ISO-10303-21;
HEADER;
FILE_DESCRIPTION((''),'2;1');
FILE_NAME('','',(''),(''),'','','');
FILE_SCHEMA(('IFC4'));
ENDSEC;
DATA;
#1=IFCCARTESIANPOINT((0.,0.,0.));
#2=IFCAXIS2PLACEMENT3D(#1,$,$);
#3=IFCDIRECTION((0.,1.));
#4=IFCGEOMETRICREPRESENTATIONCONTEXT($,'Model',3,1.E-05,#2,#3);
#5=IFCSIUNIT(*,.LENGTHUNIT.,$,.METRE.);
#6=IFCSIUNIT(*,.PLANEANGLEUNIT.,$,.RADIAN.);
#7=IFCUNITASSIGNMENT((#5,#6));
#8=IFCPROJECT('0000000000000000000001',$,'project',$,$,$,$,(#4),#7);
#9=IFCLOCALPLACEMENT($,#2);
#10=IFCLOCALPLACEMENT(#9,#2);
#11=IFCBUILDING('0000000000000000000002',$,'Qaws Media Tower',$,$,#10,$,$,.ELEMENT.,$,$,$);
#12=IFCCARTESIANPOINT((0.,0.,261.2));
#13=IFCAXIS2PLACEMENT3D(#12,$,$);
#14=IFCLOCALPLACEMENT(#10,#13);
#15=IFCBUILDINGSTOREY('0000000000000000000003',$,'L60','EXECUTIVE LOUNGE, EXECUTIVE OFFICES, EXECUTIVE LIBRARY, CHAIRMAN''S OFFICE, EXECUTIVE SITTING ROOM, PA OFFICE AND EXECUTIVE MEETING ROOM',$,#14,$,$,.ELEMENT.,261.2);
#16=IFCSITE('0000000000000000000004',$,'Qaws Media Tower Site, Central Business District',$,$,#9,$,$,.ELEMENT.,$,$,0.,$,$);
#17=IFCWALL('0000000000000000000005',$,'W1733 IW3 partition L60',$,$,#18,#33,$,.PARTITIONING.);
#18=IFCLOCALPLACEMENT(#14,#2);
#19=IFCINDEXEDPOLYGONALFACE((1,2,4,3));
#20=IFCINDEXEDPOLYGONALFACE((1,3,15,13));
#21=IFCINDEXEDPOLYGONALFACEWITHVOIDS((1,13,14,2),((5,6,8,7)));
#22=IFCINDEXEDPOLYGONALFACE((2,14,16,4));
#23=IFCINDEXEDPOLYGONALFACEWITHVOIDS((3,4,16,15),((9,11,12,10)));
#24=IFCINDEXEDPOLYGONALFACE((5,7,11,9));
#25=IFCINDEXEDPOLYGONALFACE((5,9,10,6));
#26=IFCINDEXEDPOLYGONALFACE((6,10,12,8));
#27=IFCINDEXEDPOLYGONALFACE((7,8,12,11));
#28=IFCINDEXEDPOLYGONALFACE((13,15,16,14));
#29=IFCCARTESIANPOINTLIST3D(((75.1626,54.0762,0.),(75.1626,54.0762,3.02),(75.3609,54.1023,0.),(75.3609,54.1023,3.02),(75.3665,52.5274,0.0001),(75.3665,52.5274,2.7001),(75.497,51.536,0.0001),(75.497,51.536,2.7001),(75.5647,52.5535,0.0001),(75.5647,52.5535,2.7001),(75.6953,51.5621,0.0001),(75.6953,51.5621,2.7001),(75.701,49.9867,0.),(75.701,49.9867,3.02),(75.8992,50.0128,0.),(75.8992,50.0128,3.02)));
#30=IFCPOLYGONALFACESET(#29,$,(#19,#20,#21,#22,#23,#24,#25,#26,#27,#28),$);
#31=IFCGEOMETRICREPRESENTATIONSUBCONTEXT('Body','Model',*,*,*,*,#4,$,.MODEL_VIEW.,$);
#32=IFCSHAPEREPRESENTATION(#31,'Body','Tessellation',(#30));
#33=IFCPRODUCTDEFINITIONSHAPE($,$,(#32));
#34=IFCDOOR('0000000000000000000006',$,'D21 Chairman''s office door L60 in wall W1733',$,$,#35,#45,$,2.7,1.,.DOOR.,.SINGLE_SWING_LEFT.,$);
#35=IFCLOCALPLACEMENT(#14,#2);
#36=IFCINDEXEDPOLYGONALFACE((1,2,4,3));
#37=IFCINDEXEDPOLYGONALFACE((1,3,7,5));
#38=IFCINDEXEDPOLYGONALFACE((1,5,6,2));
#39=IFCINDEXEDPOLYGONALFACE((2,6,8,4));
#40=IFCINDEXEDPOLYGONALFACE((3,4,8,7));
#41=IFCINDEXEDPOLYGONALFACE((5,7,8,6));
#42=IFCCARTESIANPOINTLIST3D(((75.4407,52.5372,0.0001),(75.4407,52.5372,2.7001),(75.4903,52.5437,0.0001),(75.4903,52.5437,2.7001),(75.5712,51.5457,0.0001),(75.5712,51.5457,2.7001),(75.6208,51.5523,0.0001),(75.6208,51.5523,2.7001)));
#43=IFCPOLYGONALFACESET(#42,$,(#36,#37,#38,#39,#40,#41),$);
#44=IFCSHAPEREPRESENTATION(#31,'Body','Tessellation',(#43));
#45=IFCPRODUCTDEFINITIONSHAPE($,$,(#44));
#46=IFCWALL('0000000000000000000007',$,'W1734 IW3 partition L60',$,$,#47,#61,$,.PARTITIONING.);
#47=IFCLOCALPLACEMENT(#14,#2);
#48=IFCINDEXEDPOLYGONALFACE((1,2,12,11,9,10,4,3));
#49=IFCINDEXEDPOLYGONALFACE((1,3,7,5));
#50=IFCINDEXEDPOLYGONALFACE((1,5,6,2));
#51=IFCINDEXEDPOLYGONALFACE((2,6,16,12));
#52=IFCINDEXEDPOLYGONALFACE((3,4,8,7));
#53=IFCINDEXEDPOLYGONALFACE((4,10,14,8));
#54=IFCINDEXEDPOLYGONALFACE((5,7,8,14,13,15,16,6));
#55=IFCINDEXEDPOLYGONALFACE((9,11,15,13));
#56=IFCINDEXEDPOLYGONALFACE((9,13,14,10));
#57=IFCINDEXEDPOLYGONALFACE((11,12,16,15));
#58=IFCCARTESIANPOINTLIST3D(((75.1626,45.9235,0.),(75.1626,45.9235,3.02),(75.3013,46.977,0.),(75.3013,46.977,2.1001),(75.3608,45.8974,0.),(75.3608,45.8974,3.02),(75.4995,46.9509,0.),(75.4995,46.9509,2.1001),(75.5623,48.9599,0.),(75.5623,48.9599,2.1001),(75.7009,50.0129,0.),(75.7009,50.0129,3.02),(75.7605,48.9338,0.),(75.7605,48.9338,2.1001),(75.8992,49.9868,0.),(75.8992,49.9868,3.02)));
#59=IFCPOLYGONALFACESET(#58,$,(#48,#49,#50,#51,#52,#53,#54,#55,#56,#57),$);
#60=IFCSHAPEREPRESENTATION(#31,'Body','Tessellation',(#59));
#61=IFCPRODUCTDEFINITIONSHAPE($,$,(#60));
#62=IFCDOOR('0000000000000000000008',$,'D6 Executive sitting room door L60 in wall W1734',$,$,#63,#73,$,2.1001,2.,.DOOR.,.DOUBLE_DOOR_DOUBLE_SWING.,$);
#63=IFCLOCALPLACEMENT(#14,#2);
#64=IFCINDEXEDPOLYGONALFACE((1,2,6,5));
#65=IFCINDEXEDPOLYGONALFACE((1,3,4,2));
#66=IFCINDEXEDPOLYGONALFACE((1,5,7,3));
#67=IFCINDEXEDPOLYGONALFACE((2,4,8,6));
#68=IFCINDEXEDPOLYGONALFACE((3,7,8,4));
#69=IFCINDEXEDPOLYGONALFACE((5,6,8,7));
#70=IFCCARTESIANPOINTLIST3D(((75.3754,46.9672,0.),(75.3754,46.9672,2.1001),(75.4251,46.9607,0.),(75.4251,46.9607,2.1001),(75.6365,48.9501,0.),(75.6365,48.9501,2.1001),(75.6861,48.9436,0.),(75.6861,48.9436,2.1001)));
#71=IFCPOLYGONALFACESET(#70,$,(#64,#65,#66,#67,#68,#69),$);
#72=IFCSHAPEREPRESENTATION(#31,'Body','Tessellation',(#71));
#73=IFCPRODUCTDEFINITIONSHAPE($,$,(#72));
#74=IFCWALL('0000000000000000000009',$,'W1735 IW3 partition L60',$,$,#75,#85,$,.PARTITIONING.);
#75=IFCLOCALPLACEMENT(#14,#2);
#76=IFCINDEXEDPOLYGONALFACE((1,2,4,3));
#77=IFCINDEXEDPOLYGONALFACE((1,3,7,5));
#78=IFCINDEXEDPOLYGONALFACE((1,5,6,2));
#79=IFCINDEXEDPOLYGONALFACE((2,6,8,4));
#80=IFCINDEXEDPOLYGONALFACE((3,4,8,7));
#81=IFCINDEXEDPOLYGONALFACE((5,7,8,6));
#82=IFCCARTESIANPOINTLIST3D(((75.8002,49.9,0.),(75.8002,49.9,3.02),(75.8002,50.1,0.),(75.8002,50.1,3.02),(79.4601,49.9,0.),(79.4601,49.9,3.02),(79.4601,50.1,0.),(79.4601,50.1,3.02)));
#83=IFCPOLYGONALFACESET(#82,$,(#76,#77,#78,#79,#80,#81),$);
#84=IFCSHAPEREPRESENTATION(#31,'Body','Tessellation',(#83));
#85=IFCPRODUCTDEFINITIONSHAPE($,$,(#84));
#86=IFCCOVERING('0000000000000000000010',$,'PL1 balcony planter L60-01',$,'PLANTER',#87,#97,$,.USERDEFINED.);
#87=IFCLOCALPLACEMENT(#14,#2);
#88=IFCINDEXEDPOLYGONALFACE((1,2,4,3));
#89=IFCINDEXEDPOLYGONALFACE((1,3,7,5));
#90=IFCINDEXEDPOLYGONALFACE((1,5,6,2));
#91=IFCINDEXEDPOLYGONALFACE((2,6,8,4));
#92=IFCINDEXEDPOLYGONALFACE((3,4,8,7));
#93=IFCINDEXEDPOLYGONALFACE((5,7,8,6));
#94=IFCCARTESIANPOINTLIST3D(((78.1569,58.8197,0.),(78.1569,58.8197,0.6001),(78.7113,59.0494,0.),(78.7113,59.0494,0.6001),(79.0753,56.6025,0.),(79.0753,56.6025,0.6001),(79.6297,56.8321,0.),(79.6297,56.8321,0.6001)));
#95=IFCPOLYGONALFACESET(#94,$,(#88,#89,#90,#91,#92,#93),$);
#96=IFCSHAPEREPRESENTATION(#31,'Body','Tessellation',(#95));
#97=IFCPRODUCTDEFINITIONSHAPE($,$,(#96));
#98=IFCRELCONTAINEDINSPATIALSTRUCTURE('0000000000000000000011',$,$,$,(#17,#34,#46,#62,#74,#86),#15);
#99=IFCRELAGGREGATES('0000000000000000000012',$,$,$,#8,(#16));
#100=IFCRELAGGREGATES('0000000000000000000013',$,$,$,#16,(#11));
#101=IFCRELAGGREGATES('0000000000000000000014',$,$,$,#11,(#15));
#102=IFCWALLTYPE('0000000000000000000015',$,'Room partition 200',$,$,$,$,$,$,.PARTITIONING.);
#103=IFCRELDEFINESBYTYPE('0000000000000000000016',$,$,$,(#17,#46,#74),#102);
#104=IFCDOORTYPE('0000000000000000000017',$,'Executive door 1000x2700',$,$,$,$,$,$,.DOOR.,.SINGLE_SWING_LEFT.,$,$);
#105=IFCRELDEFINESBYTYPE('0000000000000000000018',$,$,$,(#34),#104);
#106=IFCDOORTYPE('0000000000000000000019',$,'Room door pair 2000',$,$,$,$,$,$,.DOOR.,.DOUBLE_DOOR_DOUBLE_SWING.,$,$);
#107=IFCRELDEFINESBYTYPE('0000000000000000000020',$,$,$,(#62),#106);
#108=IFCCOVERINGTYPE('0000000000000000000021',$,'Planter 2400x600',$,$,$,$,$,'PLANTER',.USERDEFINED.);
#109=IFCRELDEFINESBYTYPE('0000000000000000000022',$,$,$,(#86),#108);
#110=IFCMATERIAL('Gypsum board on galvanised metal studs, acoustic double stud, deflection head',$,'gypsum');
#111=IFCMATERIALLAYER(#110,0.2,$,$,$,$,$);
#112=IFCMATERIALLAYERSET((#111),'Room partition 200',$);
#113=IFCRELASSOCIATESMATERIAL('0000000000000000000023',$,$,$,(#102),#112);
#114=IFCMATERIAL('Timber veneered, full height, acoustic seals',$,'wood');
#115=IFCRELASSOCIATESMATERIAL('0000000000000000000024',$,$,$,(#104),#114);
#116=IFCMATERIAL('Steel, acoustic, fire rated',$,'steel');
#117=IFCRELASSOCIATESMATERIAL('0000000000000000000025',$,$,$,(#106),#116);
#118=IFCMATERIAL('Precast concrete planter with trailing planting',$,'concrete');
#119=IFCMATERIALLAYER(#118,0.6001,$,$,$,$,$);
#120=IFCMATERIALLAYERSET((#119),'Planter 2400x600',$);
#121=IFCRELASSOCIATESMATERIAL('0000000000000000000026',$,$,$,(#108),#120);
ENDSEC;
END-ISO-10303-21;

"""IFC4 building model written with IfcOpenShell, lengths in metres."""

from ifc_helpers import new_model, si_unit, direction, frame, frame_2d, origin, origin_2d, place, context, subcontext, project, spatial, rectangle, extrude, material, layer, layer_set, type_object, element, fill, save


model = new_model("IFC4")

# Units and contexts
model_context = context("Model", 3, precision=1e-05, world=origin(), true_north=direction((0.0, 1.0)))
body_context = subcontext(model_context, "Body", "Model", "MODEL_VIEW")
ifc_project = project(units=[si_unit("LENGTHUNIT", "METRE"), si_unit("PLANEANGLEUNIT", "RADIAN")], contexts=[model_context])

# Site, building, storey
site_placement = place(None, origin())
site = spatial("IfcSite", under=ifc_project, at=site_placement, Name="Qaws Media Tower Site, Central Business District", CompositionType="ELEMENT", RefElevation=0.0)
building_placement = place(site_placement, origin())
building = spatial("IfcBuilding", under=site, at=building_placement, Name="Qaws Media Tower", CompositionType="ELEMENT")
storey_placement = place(building_placement, frame((0.0, 0.0, 261.2)))
storey = spatial("IfcBuildingStorey", under=building, at=storey_placement, Name="L60", Description="EXECUTIVE LOUNGE, EXECUTIVE OFFICES, EXECUTIVE LIBRARY, CHAIRMAN'S OFFICE, EXECUTIVE SITTING ROOM, PA OFFICE AND EXECUTIVE MEETING ROOM", CompositionType="ELEMENT", Elevation=261.2)

# Shared definitions
ifc_material_1 = material(Name="Gypsum board on galvanised metal studs, acoustic double stud, deflection head", Category="gypsum")
ifc_layer_1 = layer(ifc_material_1, 0.2)
ifc_layer_set_1 = layer_set([ifc_layer_1], Name="Room partition 200")
wall_type_1 = type_object("IfcWallType", Name="Room partition 200", PredefinedType="PARTITIONING", material=ifc_layer_set_1)

# Walls, openings, doors
wall_1_placement = place(storey_placement, frame((75.2617, 54.0894, 0.0), z_axis=(0.0, 0.0, 1.0), x_axis=(0.130516, -0.991446, 0.0)))
wall_1 = element("IfcWall", 1, at=wall_1_placement, inside=storey, type_object=wall_type_1, Name="W1733 IW3 partition L60", PredefinedType="PARTITIONING", context=body_context, shape_type="SweptSolid", body=[
    extrude(rectangle(XDim=4.1248, YDim=0.2, at=frame_2d((2.0625, 0.0))), origin(), (0.0, 0.0, 1.0), 3.02),
])
opening_1_placement = place(wall_1_placement, frame((1.5623, 0.0, 0.0)))
opening_1 = element("IfcOpeningElement", 2, at=opening_1_placement, cuts=wall_1, PredefinedType="OPENING", context=body_context, shape_type="SweptSolid", body=[
    extrude(rectangle(XDim=1.0, YDim=2.7, at=frame_2d((0.5, 1.3501))), frame((0.0, 0.1099, 0.0), z_axis=(0.0, -1.0, 0.0), x_axis=(1.0, 0.0, 0.0)), (0.0, 0.0, 1.0), 0.22),
])
ifc_material_2 = material(Name="Timber veneered, full height, acoustic seals", Category="wood")
door_type_1 = type_object("IfcDoorType", Name="Executive door 1000x2700", OperationType="SINGLE_SWING_LEFT", PredefinedType="DOOR", material=ifc_material_2)
door_1_placement = place(opening_1_placement, origin())
door_1 = element("IfcDoor", 3, at=door_1_placement, inside=storey, type_object=door_type_1, Name="D21 Chairman's office door L60 in wall W1733", OperationType="SINGLE_SWING_LEFT", OverallHeight=2.7, OverallWidth=1.0, PredefinedType="DOOR", context=body_context, shape_type="SweptSolid", body=[
    extrude(rectangle(XDim=1.0, YDim=2.7, at=frame_2d((0.5, 1.3501))), frame((0.0, 0.0249, 0.0), z_axis=(0.0, -1.0, 0.0), x_axis=(1.0, 0.0, 0.0)), (0.0, 0.0, 1.0), 0.05),
])
fill(opening_1, door_1)
wall_2_placement = place(storey_placement, frame((75.8, 50.0, 0.0), z_axis=(0.0, 0.0, 1.0), x_axis=(-0.130516, -0.991446, 0.0)))
wall_2 = element("IfcWall", 4, at=wall_2_placement, inside=storey, type_object=wall_type_1, Name="W1734 IW3 partition L60", PredefinedType="PARTITIONING", context=body_context, shape_type="SweptSolid", body=[
    extrude(rectangle(XDim=4.1248, YDim=0.2, at=frame_2d((2.0625, 0.0))), origin(), (0.0, 0.0, 1.0), 3.02),
])
opening_2_placement = place(wall_2_placement, frame((1.0623, 0.0, 0.0)))
opening_2 = element("IfcOpeningElement", 5, at=opening_2_placement, cuts=wall_2, PredefinedType="OPENING", context=body_context, shape_type="SweptSolid", body=[
    extrude(rectangle(XDim=2.0, YDim=2.1001, at=frame_2d((1.0, 1.05))), frame((0.0, 0.1099, 0.0), z_axis=(0.0, -1.0, 0.0), x_axis=(1.0, 0.0, 0.0)), (0.0, 0.0, 1.0), 0.22),
])
ifc_material_3 = material(Name="Steel, acoustic, fire rated", Category="steel")
door_type_2 = type_object("IfcDoorType", Name="Room door pair 2000", OperationType="DOUBLE_DOOR_DOUBLE_SWING", PredefinedType="DOOR", material=ifc_material_3)
door_2_placement = place(opening_2_placement, origin())
door_2 = element("IfcDoor", 6, at=door_2_placement, inside=storey, type_object=door_type_2, Name="D6 Executive sitting room door L60 in wall W1734", OperationType="DOUBLE_DOOR_DOUBLE_SWING", OverallHeight=2.1001, OverallWidth=2.0, PredefinedType="DOOR", context=body_context, shape_type="SweptSolid", body=[
    extrude(rectangle(XDim=2.0, YDim=2.1001, at=frame_2d((1.0, 1.05))), frame((0.0, 0.0249, 0.0), z_axis=(0.0, -1.0, 0.0), x_axis=(1.0, 0.0, 0.0)), (0.0, 0.0, 1.0), 0.05),
])
fill(opening_2, door_2)

# Wall
wall_3_placement = place(storey_placement, frame((75.8, 50.0, 0.0), z_axis=(0.0, 0.0, 1.0), x_axis=(1.0, 0.0, 0.0)))
element("IfcWall", 7, at=wall_3_placement, inside=storey, type_object=wall_type_1, Name="W1735 IW3 partition L60", PredefinedType="PARTITIONING", context=body_context, shape_type="SweptSolid", body=[
    extrude(rectangle(XDim=3.6599, YDim=0.2, at=frame_2d((1.8301, 0.0))), origin(), (0.0, 0.0, 1.0), 3.02),
])

# Covering
ifc_material_4 = material(Name="Precast concrete planter with trailing planting", Category="concrete")
ifc_layer_2 = layer(ifc_material_4, 0.6001)
ifc_layer_set_2 = layer_set([ifc_layer_2], Name="Planter 2400x600")
covering_type = type_object("IfcCoveringType", Name="Planter 2400x600", ElementType="PLANTER", PredefinedType="USERDEFINED", material=ifc_layer_set_2)
covering_placement = place(storey_placement, frame((78.8933, 57.8259, 0.0), z_axis=(0.0, 0.0, 1.0), x_axis=(-0.382683, 0.92388, 0.0)))
element("IfcCovering", 8, at=covering_placement, inside=storey, type_object=covering_type, Name="PL1 balcony planter L60-01", ObjectType="PLANTER", PredefinedType="USERDEFINED", context=body_context, shape_type="SweptSolid", body=[
    extrude(rectangle(XDim=2.3999, YDim=0.6001, at=origin_2d()), origin(), (0.0, 0.0, 1.0), 0.6001),
])

save(model, "model.ifc")
